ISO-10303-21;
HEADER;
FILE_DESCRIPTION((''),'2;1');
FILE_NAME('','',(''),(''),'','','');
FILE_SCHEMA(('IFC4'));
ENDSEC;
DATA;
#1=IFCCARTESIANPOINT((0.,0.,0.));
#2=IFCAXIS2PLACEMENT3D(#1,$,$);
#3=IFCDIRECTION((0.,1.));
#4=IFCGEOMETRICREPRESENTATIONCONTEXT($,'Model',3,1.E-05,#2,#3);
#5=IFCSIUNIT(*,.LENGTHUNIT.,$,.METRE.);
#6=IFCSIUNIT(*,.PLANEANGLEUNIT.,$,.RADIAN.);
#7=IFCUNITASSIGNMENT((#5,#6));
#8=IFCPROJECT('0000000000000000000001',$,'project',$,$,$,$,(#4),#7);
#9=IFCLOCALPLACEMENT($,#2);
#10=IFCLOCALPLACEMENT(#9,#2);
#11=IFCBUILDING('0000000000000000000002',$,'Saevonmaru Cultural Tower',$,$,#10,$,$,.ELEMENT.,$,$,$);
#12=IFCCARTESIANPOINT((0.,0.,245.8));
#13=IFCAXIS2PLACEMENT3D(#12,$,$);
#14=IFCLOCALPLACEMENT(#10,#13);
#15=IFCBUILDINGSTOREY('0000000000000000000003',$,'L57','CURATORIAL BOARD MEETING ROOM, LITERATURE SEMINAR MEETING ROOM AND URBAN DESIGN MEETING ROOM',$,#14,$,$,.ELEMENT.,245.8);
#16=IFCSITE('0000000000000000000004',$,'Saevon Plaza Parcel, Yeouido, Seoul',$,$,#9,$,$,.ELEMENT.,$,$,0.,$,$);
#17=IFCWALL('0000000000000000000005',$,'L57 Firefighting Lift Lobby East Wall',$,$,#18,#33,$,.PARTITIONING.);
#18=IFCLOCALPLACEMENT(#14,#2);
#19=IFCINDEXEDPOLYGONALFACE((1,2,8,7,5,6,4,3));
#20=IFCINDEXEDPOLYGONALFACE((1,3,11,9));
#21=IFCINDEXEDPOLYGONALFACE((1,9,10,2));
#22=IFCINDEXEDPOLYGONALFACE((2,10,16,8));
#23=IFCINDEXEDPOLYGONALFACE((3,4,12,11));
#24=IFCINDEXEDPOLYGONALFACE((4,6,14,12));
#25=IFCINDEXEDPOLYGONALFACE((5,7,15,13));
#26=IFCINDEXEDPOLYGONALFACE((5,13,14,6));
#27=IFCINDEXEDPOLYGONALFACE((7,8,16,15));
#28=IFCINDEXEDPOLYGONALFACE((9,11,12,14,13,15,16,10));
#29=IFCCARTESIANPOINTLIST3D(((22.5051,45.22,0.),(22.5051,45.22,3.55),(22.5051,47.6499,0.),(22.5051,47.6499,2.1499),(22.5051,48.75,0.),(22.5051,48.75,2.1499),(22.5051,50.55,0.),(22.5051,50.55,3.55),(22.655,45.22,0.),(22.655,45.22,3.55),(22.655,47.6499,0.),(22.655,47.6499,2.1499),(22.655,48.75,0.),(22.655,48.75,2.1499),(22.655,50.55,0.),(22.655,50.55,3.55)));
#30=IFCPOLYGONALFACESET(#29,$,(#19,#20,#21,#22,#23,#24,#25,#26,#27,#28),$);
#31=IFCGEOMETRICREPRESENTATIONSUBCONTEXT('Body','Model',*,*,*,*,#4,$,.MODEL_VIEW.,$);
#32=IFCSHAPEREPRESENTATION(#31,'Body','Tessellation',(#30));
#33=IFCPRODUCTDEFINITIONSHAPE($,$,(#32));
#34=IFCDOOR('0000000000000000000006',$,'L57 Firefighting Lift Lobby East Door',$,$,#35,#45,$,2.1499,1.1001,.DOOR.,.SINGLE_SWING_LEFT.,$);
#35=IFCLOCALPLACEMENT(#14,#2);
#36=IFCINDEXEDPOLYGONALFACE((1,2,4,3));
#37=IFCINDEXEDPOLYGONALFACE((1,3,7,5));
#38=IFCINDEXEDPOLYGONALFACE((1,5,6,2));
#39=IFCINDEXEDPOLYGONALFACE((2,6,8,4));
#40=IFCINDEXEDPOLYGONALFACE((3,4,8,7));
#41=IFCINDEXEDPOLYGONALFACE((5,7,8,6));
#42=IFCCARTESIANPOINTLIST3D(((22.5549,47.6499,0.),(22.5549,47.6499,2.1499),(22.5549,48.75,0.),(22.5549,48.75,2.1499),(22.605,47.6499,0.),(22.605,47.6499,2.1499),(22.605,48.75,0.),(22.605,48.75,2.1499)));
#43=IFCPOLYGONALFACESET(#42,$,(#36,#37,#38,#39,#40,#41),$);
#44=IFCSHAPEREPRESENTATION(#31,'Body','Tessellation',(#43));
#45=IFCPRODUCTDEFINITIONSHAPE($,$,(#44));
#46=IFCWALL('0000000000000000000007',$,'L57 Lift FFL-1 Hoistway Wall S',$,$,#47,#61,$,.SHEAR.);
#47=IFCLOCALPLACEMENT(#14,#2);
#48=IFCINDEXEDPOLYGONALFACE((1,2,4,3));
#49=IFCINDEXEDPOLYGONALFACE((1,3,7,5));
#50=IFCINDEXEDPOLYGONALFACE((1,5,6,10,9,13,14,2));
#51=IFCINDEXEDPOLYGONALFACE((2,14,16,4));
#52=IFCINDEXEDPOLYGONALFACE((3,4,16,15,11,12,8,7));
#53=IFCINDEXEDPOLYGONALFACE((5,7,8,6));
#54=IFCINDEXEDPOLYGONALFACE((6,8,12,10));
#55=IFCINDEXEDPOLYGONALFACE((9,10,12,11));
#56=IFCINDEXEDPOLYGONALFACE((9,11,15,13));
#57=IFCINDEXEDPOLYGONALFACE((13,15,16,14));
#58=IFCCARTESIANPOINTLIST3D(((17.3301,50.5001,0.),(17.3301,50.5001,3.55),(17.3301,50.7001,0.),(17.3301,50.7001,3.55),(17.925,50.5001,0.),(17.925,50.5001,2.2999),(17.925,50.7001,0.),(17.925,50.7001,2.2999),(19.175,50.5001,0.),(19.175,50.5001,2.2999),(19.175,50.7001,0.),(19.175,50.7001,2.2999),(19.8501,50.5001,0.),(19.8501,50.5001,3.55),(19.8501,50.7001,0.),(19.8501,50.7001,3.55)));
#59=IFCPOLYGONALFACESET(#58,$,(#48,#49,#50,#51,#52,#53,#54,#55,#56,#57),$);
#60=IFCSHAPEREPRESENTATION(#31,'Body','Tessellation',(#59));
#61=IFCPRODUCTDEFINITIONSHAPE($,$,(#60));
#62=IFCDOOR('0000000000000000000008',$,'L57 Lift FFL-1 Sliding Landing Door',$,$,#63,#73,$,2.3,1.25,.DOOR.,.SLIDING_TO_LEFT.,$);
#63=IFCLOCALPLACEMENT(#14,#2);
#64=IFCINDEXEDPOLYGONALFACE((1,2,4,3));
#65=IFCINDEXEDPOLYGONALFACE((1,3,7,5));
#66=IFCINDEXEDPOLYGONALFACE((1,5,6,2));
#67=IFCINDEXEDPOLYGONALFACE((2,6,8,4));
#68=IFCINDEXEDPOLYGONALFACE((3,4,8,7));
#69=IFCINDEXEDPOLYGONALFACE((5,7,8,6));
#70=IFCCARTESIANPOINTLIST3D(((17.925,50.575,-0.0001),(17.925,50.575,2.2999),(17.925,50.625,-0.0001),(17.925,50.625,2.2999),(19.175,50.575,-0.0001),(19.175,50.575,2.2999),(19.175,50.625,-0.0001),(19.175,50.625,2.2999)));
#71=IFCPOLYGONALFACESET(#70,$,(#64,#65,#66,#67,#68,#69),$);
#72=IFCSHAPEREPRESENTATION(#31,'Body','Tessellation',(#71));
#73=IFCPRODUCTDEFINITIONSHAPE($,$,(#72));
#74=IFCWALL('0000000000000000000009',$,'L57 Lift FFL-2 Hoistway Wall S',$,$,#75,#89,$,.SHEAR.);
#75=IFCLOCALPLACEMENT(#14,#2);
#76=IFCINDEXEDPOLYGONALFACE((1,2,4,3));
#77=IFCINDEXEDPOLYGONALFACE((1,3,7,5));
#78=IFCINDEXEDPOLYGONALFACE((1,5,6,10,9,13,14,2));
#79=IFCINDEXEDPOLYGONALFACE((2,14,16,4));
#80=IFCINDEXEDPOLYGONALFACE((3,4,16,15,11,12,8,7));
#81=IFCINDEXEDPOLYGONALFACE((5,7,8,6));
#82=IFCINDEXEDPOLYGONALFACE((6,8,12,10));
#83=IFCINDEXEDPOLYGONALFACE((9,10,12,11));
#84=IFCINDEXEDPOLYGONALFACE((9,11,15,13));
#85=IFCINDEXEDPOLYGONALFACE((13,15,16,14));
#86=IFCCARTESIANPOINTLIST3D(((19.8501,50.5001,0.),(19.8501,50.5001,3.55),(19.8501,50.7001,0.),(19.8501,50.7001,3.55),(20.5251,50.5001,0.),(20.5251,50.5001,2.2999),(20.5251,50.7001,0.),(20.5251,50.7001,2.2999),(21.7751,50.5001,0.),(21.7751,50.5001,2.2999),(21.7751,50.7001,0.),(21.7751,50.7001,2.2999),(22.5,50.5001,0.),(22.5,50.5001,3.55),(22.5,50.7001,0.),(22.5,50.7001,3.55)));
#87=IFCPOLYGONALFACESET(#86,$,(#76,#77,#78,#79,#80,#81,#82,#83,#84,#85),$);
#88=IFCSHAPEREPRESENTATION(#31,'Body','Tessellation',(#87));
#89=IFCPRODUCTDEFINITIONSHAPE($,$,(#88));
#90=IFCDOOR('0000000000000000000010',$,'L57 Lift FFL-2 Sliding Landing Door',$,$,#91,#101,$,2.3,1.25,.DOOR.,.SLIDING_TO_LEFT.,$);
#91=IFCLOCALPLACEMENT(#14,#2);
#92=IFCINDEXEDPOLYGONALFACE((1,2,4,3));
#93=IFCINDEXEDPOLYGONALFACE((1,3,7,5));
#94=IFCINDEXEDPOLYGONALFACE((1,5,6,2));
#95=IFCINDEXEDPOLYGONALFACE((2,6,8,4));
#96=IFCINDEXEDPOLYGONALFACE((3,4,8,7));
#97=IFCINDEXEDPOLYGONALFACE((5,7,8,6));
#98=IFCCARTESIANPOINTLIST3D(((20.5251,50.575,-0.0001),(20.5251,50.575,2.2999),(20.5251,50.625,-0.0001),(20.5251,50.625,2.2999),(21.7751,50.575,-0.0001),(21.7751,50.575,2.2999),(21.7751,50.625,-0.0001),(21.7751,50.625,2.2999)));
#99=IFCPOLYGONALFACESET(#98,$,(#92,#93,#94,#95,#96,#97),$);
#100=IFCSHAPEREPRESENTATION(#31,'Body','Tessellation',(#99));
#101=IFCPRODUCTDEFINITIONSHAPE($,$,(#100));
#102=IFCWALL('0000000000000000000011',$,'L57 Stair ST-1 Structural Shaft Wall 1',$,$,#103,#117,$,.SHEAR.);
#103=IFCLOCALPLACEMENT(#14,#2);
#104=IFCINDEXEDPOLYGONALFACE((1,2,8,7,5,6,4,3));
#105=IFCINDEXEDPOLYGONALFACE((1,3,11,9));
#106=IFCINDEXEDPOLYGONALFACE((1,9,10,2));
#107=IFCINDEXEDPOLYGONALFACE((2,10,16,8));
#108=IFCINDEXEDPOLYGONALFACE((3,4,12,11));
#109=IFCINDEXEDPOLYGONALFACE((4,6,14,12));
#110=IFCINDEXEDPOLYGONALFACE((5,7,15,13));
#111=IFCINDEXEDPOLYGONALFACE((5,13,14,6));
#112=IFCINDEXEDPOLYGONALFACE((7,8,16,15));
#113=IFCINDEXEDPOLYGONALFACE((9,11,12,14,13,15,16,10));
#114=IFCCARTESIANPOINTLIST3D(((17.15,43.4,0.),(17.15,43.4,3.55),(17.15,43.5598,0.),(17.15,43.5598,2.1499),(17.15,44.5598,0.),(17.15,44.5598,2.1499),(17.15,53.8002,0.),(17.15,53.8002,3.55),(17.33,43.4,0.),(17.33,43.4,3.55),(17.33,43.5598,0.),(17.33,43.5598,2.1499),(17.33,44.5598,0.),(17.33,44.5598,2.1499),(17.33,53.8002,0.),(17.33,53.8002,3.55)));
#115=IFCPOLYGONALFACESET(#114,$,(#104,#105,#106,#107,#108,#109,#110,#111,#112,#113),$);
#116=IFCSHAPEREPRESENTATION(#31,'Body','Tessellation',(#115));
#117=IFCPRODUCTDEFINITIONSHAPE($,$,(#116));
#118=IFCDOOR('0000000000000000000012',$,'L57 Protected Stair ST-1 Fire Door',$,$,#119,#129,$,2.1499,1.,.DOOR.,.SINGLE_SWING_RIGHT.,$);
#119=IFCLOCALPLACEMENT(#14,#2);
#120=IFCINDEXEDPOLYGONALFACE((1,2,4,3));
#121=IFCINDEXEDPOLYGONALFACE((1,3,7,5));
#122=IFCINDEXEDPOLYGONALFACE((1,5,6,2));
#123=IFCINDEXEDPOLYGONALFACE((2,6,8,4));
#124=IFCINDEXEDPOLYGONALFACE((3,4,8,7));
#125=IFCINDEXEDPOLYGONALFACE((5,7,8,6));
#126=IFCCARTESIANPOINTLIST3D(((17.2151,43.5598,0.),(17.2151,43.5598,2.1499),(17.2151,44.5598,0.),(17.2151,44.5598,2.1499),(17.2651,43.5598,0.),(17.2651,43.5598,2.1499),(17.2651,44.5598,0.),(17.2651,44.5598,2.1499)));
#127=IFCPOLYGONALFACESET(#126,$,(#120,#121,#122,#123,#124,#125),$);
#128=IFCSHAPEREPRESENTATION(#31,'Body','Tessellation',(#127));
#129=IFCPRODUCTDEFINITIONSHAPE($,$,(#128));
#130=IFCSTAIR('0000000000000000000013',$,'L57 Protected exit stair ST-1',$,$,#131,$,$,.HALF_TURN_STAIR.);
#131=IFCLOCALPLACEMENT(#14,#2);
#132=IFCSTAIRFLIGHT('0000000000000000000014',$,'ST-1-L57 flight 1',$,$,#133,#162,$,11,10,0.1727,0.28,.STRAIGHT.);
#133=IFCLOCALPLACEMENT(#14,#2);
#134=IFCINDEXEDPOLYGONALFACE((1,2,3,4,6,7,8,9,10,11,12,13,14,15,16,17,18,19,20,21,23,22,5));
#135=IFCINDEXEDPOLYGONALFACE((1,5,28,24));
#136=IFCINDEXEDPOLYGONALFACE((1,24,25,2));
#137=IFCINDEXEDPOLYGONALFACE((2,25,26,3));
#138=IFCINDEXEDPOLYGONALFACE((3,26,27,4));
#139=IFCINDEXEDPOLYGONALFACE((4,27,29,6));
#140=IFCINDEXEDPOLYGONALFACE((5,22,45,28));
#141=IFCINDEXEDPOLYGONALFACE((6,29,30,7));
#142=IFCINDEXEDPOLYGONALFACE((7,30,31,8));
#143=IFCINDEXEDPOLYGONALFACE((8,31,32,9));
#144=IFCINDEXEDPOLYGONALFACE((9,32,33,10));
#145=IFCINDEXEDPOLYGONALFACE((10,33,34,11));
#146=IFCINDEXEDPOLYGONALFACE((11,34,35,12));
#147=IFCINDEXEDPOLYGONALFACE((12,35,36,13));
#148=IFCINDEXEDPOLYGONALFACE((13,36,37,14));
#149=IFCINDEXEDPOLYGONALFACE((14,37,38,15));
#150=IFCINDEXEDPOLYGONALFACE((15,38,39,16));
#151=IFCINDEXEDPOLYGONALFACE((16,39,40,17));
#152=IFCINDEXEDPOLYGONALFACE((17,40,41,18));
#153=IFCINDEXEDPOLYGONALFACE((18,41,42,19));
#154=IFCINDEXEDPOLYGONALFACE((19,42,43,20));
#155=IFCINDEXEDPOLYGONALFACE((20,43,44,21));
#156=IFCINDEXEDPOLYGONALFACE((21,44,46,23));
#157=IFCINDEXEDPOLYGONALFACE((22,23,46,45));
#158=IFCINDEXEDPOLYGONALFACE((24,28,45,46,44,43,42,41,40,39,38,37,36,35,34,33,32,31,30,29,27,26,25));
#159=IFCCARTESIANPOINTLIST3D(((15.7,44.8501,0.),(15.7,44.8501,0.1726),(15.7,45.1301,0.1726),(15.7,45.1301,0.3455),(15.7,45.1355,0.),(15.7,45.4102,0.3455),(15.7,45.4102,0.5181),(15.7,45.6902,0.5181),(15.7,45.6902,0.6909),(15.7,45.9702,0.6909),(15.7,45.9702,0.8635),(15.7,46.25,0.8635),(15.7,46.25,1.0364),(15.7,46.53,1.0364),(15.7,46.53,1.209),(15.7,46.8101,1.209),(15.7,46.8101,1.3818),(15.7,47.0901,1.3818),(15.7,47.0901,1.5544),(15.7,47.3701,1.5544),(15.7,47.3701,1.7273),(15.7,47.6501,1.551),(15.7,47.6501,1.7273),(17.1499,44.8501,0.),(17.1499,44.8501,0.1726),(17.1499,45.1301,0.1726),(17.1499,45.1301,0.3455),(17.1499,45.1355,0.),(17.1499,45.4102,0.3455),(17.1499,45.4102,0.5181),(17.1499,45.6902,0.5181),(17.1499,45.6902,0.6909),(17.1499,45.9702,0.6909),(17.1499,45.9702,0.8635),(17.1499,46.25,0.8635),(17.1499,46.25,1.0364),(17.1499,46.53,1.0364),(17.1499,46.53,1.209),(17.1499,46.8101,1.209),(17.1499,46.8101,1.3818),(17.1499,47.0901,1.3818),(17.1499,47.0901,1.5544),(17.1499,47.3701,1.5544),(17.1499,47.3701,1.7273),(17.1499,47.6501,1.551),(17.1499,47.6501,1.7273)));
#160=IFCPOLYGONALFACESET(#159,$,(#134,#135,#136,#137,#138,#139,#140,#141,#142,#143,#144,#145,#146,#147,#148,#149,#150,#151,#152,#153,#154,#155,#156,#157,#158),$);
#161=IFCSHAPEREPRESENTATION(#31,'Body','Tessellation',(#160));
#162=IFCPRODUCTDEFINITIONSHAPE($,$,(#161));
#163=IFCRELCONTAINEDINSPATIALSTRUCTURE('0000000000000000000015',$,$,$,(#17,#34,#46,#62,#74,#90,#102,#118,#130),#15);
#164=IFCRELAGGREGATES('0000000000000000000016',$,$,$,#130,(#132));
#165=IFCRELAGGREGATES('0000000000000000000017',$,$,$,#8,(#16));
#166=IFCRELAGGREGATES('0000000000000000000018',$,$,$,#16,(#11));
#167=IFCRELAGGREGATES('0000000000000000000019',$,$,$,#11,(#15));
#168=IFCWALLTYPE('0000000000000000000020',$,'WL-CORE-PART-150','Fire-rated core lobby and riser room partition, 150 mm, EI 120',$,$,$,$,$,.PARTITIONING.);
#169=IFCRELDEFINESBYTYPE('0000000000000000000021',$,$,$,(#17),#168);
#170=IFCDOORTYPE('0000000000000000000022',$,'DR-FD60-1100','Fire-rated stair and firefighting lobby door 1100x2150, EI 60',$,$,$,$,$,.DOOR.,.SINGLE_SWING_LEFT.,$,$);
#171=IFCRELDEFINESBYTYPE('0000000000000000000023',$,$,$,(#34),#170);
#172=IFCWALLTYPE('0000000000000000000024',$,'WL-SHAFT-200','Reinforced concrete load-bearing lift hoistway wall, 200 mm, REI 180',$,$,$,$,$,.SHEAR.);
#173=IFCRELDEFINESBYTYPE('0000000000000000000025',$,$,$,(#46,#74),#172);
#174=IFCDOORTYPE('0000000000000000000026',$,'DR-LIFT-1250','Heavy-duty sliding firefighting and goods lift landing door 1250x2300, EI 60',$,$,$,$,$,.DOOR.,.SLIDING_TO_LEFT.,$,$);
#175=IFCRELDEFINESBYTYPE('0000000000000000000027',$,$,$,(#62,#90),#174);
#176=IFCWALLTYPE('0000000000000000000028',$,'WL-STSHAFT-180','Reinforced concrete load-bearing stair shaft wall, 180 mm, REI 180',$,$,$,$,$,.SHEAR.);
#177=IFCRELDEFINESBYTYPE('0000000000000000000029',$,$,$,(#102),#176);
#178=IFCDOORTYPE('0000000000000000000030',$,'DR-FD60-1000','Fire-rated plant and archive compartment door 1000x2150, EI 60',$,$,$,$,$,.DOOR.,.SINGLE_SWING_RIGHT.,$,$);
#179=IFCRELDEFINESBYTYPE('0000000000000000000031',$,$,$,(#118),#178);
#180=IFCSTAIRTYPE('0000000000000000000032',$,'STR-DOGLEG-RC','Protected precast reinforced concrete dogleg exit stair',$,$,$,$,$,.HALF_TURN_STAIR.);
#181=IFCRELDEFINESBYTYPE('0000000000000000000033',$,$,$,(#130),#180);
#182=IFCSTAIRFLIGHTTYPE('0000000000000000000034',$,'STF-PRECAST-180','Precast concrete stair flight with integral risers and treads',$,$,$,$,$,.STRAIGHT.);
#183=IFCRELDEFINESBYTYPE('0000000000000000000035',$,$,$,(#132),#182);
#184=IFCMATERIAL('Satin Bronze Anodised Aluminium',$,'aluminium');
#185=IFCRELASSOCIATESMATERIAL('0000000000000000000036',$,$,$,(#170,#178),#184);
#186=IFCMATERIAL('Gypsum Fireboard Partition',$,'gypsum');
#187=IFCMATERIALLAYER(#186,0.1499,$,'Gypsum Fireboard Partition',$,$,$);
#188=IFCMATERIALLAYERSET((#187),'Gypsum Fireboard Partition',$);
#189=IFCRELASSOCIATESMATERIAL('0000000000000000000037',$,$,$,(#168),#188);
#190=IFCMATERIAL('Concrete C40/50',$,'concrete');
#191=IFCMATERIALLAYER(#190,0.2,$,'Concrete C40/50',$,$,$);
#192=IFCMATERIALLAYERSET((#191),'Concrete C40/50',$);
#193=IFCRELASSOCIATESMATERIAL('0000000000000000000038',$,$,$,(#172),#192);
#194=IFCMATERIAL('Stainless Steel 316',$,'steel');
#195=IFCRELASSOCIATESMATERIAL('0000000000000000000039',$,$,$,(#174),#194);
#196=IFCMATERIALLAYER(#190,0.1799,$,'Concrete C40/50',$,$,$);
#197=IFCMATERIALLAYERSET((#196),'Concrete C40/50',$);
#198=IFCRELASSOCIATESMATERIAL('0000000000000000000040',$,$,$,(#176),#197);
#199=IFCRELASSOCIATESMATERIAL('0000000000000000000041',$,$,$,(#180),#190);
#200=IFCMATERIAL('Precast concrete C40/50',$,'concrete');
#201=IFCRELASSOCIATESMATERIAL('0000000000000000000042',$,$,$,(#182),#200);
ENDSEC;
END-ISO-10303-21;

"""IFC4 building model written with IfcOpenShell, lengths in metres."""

from ifc_helpers import new_model, si_unit, direction, frame, frame_2d, origin, place, context, subcontext, project, spatial, polyline, rectangle, outline, extrude, material, layer, layer_set, type_object, element, fill, aggregate, save


model = new_model("IFC4")

# Units and contexts
model_context = context("Model", 3, precision=1e-05, world=origin(), true_north=direction((0.0, 1.0)))
body_context = subcontext(model_context, "Body", "Model", "MODEL_VIEW")
ifc_project = project(units=[si_unit("LENGTHUNIT", "METRE"), si_unit("PLANEANGLEUNIT", "RADIAN")], contexts=[model_context])

# Site, building, storey
site_placement = place(None, origin())
site = spatial("IfcSite", under=ifc_project, at=site_placement, Name="Saevon Plaza Parcel, Yeouido, Seoul", CompositionType="ELEMENT", RefElevation=0.0)
building_placement = place(site_placement, origin())
building = spatial("IfcBuilding", under=site, at=building_placement, Name="Saevonmaru Cultural Tower", CompositionType="ELEMENT")
storey_placement = place(building_placement, frame((0.0, 0.0, 245.8)))
storey = spatial("IfcBuildingStorey", under=building, at=storey_placement, Name="L57", Description="CURATORIAL BOARD MEETING ROOM, LITERATURE SEMINAR MEETING ROOM AND URBAN DESIGN MEETING ROOM", CompositionType="ELEMENT", Elevation=245.8)

# Shared definitions
ifc_material_1 = material(Name="Satin Bronze Anodised Aluminium", Category="aluminium")
door_type_1 = type_object("IfcDoorType", Name="DR-FD60-1100", Description="Fire-rated stair and firefighting lobby door 1100x2150, EI 60", OperationType="SINGLE_SWING_LEFT", PredefinedType="DOOR", material=ifc_material_1)

# Walls, openings, doors
ifc_material_2 = material(Name="Gypsum Fireboard Partition", Category="gypsum")
ifc_layer_1 = layer(ifc_material_2, 0.1499, Name="Gypsum Fireboard Partition")
ifc_layer_set_1 = layer_set([ifc_layer_1], Name="Gypsum Fireboard Partition")
wall_type_1 = type_object("IfcWallType", Name="WL-CORE-PART-150", Description="Fire-rated core lobby and riser room partition, 150 mm, EI 120", PredefinedType="PARTITIONING", material=ifc_layer_set_1)
wall_1_placement = place(storey_placement, frame((22.5801, 50.55, 0.0), z_axis=(0.0, 0.0, 1.0), x_axis=(0.0, -1.0, 0.0)))
wall_1 = element("IfcWall", 1, at=wall_1_placement, inside=storey, type_object=wall_type_1, Name="L57 Firefighting Lift Lobby East Wall", PredefinedType="PARTITIONING", context=body_context, shape_type="SweptSolid", body=[
    extrude(rectangle(XDim=5.3301, YDim=0.1499, at=frame_2d((2.665, 0.0))), origin(), (0.0, 0.0, 1.0), 3.55),
])
opening_1_placement = place(wall_1_placement, frame((1.8, 0.0, 0.0)))
opening_1 = element("IfcOpeningElement", 2, at=opening_1_placement, cuts=wall_1, PredefinedType="OPENING", context=body_context, shape_type="SweptSolid", body=[
    extrude(rectangle(XDim=1.1001, YDim=2.1499, at=frame_2d((0.55, 1.075))), frame((0.0, 0.085, 0.0), z_axis=(0.0, -1.0, 0.0), x_axis=(1.0, 0.0, 0.0)), (0.0, 0.0, 1.0), 0.1699),
])
door_1_placement = place(opening_1_placement, origin())
door_1 = element("IfcDoor", 3, at=door_1_placement, inside=storey, type_object=door_type_1, Name="L57 Firefighting Lift Lobby East Door", OperationType="SINGLE_SWING_LEFT", OverallHeight=2.1499, OverallWidth=1.1001, PredefinedType="DOOR", context=body_context, shape_type="SweptSolid", body=[
    extrude(rectangle(XDim=1.1001, YDim=2.1499, at=frame_2d((0.55, 1.075))), frame((0.0, 0.0249, 0.0), z_axis=(0.0, -1.0, 0.0), x_axis=(1.0, 0.0, 0.0)), (0.0, 0.0, 1.0), 0.05),
])
fill(opening_1, door_1)
ifc_material_3 = material(Name="Concrete C40/50", Category="concrete")
ifc_layer_2 = layer(ifc_material_3, 0.2, Name="Concrete C40/50")
ifc_layer_set_2 = layer_set([ifc_layer_2], Name="Concrete C40/50")
wall_type_2 = type_object("IfcWallType", Name="WL-SHAFT-200", Description="Reinforced concrete load-bearing lift hoistway wall, 200 mm, REI 180", PredefinedType="SHEAR", material=ifc_layer_set_2)
wall_2_placement = place(storey_placement, frame((17.3301, 50.6001, 0.0), z_axis=(0.0, 0.0, 1.0), x_axis=(1.0, 0.0, 0.0)))
wall_2 = element("IfcWall", 4, at=wall_2_placement, inside=storey, type_object=wall_type_2, Name="L57 Lift FFL-1 Hoistway Wall S", PredefinedType="SHEAR", context=body_context, shape_type="SweptSolid", body=[
    extrude(rectangle(XDim=2.52, YDim=0.2, at=frame_2d((1.26, 0.0))), origin(), (0.0, 0.0, 1.0), 3.55),
])
opening_2_placement = place(wall_2_placement, frame((0.595, 0.0, 0.0)))
opening_2 = element("IfcOpeningElement", 5, at=opening_2_placement, cuts=wall_2, PredefinedType="OPENING", context=body_context, shape_type="SweptSolid", body=[
    extrude(rectangle(XDim=1.25, YDim=2.3, at=frame_2d((0.625, 1.1499))), frame((0.0, 0.1099, 0.0), z_axis=(0.0, -1.0, 0.0), x_axis=(1.0, 0.0, 0.0)), (0.0, 0.0, 1.0), 0.22),
])
ifc_material_4 = material(Name="Stainless Steel 316", Category="steel")
door_type_2 = type_object("IfcDoorType", Name="DR-LIFT-1250", Description="Heavy-duty sliding firefighting and goods lift landing door 1250x2300, EI 60", OperationType="SLIDING_TO_LEFT", PredefinedType="DOOR", material=ifc_material_4)
door_2_placement = place(opening_2_placement, origin())
door_2 = element("IfcDoor", 6, at=door_2_placement, inside=storey, type_object=door_type_2, Name="L57 Lift FFL-1 Sliding Landing Door", OperationType="SLIDING_TO_LEFT", OverallHeight=2.3, OverallWidth=1.25, PredefinedType="DOOR", context=body_context, shape_type="SweptSolid", body=[
    extrude(rectangle(XDim=1.25, YDim=2.3, at=frame_2d((0.625, 1.1499))), frame((0.0, 0.0249, 0.0), z_axis=(0.0, -1.0, 0.0), x_axis=(1.0, 0.0, 0.0)), (0.0, 0.0, 1.0), 0.05),
])
fill(opening_2, door_2)
wall_3_placement = place(storey_placement, frame((19.8501, 50.6001, 0.0), z_axis=(0.0, 0.0, 1.0), x_axis=(1.0, 0.0, 0.0)))
wall_3 = element("IfcWall", 7, at=wall_3_placement, inside=storey, type_object=wall_type_2, Name="L57 Lift FFL-2 Hoistway Wall S", PredefinedType="SHEAR", context=body_context, shape_type="SweptSolid", body=[
    extrude(rectangle(XDim=2.6499, YDim=0.2, at=frame_2d((1.325, 0.0))), origin(), (0.0, 0.0, 1.0), 3.55),
])
opening_3_placement = place(wall_3_placement, frame((0.675, 0.0, 0.0)))
opening_3 = element("IfcOpeningElement", 8, at=opening_3_placement, cuts=wall_3, PredefinedType="OPENING", context=body_context, shape_type="SweptSolid", body=[
    extrude(rectangle(XDim=1.25, YDim=2.3, at=frame_2d((0.625, 1.1499))), frame((0.0, 0.1099, 0.0), z_axis=(0.0, -1.0, 0.0), x_axis=(1.0, 0.0, 0.0)), (0.0, 0.0, 1.0), 0.22),
])
door_3_placement = place(opening_3_placement, origin())
door_3 = element("IfcDoor", 9, at=door_3_placement, inside=storey, type_object=door_type_2, Name="L57 Lift FFL-2 Sliding Landing Door", OperationType="SLIDING_TO_LEFT", OverallHeight=2.3, OverallWidth=1.25, PredefinedType="DOOR", context=body_context, shape_type="SweptSolid", body=[
    extrude(rectangle(XDim=1.25, YDim=2.3, at=frame_2d((0.625, 1.1499))), frame((0.0, 0.0249, 0.0), z_axis=(0.0, -1.0, 0.0), x_axis=(1.0, 0.0, 0.0)), (0.0, 0.0, 1.0), 0.05),
])
fill(opening_3, door_3)
ifc_layer_3 = layer(ifc_material_3, 0.1799, Name="Concrete C40/50")
ifc_layer_set_3 = layer_set([ifc_layer_3], Name="Concrete C40/50")
wall_type_3 = type_object("IfcWallType", Name="WL-STSHAFT-180", Description="Reinforced concrete load-bearing stair shaft wall, 180 mm, REI 180", PredefinedType="SHEAR", material=ifc_layer_set_3)
wall_4_placement = place(storey_placement, frame((17.24, 43.3999, 0.0), z_axis=(0.0, 0.0, 1.0), x_axis=(0.0, 1.0, 0.0)))
wall_4 = element("IfcWall", 10, at=wall_4_placement, inside=storey, type_object=wall_type_3, Name="L57 Stair ST-1 Structural Shaft Wall 1", PredefinedType="SHEAR", context=body_context, shape_type="SweptSolid", body=[
    extrude(rectangle(XDim=10.4001, YDim=0.1799, at=frame_2d((5.2002, 0.0))), origin(), (0.0, 0.0, 1.0), 3.55),
])
opening_4_placement = place(wall_4_placement, frame((0.1599, 0.0, 0.0)))
opening_4 = element("IfcOpeningElement", 11, at=opening_4_placement, cuts=wall_4, PredefinedType="OPENING", context=body_context, shape_type="SweptSolid", body=[
    extrude(rectangle(XDim=1.0, YDim=2.1499, at=frame_2d((0.5, 1.075))), frame((0.0, 0.1001, 0.0), z_axis=(0.0, -1.0, 0.0), x_axis=(1.0, 0.0, 0.0)), (0.0, 0.0, 1.0), 0.2),
])
door_type_3 = type_object("IfcDoorType", Name="DR-FD60-1000", Description="Fire-rated plant and archive compartment door 1000x2150, EI 60", OperationType="SINGLE_SWING_RIGHT", PredefinedType="DOOR", material=ifc_material_1)
door_4_placement = place(opening_4_placement, origin())
door_4 = element("IfcDoor", 12, at=door_4_placement, inside=storey, type_object=door_type_3, Name="L57 Protected Stair ST-1 Fire Door", OperationType="SINGLE_SWING_RIGHT", OverallHeight=2.1499, OverallWidth=1.0, PredefinedType="DOOR", context=body_context, shape_type="SweptSolid", body=[
    extrude(rectangle(XDim=1.0, YDim=2.1499, at=frame_2d((0.5, 1.075))), frame((0.0, 0.0249, 0.0), z_axis=(0.0, -1.0, 0.0), x_axis=(1.0, 0.0, 0.0)), (0.0, 0.0, 1.0), 0.05),
])
fill(opening_4, door_4)

# Stair, stair flight
stair_type = type_object("IfcStairType", Name="STR-DOGLEG-RC", Description="Protected precast reinforced concrete dogleg exit stair", PredefinedType="HALF_TURN_STAIR", material=ifc_material_3)
stair_placement = place(storey_placement, origin())
stair = element("IfcStair", 13, at=stair_placement, inside=storey, type_object=stair_type, Name="L57 Protected exit stair ST-1", PredefinedType="HALF_TURN_STAIR")
ifc_material_5 = material(Name="Precast concrete C40/50", Category="concrete")
stair_flight_type = type_object("IfcStairFlightType", Name="STF-PRECAST-180", Description="Precast concrete stair flight with integral risers and treads", PredefinedType="STRAIGHT", material=ifc_material_5)
stair_flight_1_placement = place(storey_placement, frame((16.425, 44.8501, 0.0), z_axis=(0.0, 0.0, 1.0), x_axis=(0.0, 1.0, 0.0)))
stair_flight_1 = element("IfcStairFlight", 14, at=stair_flight_1_placement, type_object=stair_flight_type, Name="ST-1-L57 flight 1", NumberOfRisers=11, NumberOfTreads=10, PredefinedType="STRAIGHT", RiserHeight=0.1727, TreadLength=0.28, context=body_context, shape_type="SweptSolid", body=[
    extrude(outline(polyline([(0.0, 0.0), (0.0, 0.1726), (0.28, 0.1726), (0.28, 0.3455), (0.5601, 0.3455), (0.5601, 0.5181), (0.8401, 0.5181), (0.8401, 0.6909), (1.1201, 0.6909), (1.1201, 0.8635), (1.3999, 0.8635), (1.3999, 1.0364), (1.6799, 1.0364), (1.6799, 1.209), (1.96, 1.209), (1.96, 1.3818), (2.24, 1.3818), (2.24, 1.5544), (2.52, 1.5544), (2.52, 1.7273), (2.8, 1.7273), (2.8, 1.8999), (2.8, 1.551), (0.2854, 0.0), (0.0, 0.0)])), frame((0.0, 0.7251, 0.0), z_axis=(0.0, -1.0, 0.0), x_axis=(1.0, 0.0, 0.0)), (0.0, 0.0, 1.0), 1.45),
])
aggregate(stair, [stair_flight_1])

save(model, "model.ifc")
